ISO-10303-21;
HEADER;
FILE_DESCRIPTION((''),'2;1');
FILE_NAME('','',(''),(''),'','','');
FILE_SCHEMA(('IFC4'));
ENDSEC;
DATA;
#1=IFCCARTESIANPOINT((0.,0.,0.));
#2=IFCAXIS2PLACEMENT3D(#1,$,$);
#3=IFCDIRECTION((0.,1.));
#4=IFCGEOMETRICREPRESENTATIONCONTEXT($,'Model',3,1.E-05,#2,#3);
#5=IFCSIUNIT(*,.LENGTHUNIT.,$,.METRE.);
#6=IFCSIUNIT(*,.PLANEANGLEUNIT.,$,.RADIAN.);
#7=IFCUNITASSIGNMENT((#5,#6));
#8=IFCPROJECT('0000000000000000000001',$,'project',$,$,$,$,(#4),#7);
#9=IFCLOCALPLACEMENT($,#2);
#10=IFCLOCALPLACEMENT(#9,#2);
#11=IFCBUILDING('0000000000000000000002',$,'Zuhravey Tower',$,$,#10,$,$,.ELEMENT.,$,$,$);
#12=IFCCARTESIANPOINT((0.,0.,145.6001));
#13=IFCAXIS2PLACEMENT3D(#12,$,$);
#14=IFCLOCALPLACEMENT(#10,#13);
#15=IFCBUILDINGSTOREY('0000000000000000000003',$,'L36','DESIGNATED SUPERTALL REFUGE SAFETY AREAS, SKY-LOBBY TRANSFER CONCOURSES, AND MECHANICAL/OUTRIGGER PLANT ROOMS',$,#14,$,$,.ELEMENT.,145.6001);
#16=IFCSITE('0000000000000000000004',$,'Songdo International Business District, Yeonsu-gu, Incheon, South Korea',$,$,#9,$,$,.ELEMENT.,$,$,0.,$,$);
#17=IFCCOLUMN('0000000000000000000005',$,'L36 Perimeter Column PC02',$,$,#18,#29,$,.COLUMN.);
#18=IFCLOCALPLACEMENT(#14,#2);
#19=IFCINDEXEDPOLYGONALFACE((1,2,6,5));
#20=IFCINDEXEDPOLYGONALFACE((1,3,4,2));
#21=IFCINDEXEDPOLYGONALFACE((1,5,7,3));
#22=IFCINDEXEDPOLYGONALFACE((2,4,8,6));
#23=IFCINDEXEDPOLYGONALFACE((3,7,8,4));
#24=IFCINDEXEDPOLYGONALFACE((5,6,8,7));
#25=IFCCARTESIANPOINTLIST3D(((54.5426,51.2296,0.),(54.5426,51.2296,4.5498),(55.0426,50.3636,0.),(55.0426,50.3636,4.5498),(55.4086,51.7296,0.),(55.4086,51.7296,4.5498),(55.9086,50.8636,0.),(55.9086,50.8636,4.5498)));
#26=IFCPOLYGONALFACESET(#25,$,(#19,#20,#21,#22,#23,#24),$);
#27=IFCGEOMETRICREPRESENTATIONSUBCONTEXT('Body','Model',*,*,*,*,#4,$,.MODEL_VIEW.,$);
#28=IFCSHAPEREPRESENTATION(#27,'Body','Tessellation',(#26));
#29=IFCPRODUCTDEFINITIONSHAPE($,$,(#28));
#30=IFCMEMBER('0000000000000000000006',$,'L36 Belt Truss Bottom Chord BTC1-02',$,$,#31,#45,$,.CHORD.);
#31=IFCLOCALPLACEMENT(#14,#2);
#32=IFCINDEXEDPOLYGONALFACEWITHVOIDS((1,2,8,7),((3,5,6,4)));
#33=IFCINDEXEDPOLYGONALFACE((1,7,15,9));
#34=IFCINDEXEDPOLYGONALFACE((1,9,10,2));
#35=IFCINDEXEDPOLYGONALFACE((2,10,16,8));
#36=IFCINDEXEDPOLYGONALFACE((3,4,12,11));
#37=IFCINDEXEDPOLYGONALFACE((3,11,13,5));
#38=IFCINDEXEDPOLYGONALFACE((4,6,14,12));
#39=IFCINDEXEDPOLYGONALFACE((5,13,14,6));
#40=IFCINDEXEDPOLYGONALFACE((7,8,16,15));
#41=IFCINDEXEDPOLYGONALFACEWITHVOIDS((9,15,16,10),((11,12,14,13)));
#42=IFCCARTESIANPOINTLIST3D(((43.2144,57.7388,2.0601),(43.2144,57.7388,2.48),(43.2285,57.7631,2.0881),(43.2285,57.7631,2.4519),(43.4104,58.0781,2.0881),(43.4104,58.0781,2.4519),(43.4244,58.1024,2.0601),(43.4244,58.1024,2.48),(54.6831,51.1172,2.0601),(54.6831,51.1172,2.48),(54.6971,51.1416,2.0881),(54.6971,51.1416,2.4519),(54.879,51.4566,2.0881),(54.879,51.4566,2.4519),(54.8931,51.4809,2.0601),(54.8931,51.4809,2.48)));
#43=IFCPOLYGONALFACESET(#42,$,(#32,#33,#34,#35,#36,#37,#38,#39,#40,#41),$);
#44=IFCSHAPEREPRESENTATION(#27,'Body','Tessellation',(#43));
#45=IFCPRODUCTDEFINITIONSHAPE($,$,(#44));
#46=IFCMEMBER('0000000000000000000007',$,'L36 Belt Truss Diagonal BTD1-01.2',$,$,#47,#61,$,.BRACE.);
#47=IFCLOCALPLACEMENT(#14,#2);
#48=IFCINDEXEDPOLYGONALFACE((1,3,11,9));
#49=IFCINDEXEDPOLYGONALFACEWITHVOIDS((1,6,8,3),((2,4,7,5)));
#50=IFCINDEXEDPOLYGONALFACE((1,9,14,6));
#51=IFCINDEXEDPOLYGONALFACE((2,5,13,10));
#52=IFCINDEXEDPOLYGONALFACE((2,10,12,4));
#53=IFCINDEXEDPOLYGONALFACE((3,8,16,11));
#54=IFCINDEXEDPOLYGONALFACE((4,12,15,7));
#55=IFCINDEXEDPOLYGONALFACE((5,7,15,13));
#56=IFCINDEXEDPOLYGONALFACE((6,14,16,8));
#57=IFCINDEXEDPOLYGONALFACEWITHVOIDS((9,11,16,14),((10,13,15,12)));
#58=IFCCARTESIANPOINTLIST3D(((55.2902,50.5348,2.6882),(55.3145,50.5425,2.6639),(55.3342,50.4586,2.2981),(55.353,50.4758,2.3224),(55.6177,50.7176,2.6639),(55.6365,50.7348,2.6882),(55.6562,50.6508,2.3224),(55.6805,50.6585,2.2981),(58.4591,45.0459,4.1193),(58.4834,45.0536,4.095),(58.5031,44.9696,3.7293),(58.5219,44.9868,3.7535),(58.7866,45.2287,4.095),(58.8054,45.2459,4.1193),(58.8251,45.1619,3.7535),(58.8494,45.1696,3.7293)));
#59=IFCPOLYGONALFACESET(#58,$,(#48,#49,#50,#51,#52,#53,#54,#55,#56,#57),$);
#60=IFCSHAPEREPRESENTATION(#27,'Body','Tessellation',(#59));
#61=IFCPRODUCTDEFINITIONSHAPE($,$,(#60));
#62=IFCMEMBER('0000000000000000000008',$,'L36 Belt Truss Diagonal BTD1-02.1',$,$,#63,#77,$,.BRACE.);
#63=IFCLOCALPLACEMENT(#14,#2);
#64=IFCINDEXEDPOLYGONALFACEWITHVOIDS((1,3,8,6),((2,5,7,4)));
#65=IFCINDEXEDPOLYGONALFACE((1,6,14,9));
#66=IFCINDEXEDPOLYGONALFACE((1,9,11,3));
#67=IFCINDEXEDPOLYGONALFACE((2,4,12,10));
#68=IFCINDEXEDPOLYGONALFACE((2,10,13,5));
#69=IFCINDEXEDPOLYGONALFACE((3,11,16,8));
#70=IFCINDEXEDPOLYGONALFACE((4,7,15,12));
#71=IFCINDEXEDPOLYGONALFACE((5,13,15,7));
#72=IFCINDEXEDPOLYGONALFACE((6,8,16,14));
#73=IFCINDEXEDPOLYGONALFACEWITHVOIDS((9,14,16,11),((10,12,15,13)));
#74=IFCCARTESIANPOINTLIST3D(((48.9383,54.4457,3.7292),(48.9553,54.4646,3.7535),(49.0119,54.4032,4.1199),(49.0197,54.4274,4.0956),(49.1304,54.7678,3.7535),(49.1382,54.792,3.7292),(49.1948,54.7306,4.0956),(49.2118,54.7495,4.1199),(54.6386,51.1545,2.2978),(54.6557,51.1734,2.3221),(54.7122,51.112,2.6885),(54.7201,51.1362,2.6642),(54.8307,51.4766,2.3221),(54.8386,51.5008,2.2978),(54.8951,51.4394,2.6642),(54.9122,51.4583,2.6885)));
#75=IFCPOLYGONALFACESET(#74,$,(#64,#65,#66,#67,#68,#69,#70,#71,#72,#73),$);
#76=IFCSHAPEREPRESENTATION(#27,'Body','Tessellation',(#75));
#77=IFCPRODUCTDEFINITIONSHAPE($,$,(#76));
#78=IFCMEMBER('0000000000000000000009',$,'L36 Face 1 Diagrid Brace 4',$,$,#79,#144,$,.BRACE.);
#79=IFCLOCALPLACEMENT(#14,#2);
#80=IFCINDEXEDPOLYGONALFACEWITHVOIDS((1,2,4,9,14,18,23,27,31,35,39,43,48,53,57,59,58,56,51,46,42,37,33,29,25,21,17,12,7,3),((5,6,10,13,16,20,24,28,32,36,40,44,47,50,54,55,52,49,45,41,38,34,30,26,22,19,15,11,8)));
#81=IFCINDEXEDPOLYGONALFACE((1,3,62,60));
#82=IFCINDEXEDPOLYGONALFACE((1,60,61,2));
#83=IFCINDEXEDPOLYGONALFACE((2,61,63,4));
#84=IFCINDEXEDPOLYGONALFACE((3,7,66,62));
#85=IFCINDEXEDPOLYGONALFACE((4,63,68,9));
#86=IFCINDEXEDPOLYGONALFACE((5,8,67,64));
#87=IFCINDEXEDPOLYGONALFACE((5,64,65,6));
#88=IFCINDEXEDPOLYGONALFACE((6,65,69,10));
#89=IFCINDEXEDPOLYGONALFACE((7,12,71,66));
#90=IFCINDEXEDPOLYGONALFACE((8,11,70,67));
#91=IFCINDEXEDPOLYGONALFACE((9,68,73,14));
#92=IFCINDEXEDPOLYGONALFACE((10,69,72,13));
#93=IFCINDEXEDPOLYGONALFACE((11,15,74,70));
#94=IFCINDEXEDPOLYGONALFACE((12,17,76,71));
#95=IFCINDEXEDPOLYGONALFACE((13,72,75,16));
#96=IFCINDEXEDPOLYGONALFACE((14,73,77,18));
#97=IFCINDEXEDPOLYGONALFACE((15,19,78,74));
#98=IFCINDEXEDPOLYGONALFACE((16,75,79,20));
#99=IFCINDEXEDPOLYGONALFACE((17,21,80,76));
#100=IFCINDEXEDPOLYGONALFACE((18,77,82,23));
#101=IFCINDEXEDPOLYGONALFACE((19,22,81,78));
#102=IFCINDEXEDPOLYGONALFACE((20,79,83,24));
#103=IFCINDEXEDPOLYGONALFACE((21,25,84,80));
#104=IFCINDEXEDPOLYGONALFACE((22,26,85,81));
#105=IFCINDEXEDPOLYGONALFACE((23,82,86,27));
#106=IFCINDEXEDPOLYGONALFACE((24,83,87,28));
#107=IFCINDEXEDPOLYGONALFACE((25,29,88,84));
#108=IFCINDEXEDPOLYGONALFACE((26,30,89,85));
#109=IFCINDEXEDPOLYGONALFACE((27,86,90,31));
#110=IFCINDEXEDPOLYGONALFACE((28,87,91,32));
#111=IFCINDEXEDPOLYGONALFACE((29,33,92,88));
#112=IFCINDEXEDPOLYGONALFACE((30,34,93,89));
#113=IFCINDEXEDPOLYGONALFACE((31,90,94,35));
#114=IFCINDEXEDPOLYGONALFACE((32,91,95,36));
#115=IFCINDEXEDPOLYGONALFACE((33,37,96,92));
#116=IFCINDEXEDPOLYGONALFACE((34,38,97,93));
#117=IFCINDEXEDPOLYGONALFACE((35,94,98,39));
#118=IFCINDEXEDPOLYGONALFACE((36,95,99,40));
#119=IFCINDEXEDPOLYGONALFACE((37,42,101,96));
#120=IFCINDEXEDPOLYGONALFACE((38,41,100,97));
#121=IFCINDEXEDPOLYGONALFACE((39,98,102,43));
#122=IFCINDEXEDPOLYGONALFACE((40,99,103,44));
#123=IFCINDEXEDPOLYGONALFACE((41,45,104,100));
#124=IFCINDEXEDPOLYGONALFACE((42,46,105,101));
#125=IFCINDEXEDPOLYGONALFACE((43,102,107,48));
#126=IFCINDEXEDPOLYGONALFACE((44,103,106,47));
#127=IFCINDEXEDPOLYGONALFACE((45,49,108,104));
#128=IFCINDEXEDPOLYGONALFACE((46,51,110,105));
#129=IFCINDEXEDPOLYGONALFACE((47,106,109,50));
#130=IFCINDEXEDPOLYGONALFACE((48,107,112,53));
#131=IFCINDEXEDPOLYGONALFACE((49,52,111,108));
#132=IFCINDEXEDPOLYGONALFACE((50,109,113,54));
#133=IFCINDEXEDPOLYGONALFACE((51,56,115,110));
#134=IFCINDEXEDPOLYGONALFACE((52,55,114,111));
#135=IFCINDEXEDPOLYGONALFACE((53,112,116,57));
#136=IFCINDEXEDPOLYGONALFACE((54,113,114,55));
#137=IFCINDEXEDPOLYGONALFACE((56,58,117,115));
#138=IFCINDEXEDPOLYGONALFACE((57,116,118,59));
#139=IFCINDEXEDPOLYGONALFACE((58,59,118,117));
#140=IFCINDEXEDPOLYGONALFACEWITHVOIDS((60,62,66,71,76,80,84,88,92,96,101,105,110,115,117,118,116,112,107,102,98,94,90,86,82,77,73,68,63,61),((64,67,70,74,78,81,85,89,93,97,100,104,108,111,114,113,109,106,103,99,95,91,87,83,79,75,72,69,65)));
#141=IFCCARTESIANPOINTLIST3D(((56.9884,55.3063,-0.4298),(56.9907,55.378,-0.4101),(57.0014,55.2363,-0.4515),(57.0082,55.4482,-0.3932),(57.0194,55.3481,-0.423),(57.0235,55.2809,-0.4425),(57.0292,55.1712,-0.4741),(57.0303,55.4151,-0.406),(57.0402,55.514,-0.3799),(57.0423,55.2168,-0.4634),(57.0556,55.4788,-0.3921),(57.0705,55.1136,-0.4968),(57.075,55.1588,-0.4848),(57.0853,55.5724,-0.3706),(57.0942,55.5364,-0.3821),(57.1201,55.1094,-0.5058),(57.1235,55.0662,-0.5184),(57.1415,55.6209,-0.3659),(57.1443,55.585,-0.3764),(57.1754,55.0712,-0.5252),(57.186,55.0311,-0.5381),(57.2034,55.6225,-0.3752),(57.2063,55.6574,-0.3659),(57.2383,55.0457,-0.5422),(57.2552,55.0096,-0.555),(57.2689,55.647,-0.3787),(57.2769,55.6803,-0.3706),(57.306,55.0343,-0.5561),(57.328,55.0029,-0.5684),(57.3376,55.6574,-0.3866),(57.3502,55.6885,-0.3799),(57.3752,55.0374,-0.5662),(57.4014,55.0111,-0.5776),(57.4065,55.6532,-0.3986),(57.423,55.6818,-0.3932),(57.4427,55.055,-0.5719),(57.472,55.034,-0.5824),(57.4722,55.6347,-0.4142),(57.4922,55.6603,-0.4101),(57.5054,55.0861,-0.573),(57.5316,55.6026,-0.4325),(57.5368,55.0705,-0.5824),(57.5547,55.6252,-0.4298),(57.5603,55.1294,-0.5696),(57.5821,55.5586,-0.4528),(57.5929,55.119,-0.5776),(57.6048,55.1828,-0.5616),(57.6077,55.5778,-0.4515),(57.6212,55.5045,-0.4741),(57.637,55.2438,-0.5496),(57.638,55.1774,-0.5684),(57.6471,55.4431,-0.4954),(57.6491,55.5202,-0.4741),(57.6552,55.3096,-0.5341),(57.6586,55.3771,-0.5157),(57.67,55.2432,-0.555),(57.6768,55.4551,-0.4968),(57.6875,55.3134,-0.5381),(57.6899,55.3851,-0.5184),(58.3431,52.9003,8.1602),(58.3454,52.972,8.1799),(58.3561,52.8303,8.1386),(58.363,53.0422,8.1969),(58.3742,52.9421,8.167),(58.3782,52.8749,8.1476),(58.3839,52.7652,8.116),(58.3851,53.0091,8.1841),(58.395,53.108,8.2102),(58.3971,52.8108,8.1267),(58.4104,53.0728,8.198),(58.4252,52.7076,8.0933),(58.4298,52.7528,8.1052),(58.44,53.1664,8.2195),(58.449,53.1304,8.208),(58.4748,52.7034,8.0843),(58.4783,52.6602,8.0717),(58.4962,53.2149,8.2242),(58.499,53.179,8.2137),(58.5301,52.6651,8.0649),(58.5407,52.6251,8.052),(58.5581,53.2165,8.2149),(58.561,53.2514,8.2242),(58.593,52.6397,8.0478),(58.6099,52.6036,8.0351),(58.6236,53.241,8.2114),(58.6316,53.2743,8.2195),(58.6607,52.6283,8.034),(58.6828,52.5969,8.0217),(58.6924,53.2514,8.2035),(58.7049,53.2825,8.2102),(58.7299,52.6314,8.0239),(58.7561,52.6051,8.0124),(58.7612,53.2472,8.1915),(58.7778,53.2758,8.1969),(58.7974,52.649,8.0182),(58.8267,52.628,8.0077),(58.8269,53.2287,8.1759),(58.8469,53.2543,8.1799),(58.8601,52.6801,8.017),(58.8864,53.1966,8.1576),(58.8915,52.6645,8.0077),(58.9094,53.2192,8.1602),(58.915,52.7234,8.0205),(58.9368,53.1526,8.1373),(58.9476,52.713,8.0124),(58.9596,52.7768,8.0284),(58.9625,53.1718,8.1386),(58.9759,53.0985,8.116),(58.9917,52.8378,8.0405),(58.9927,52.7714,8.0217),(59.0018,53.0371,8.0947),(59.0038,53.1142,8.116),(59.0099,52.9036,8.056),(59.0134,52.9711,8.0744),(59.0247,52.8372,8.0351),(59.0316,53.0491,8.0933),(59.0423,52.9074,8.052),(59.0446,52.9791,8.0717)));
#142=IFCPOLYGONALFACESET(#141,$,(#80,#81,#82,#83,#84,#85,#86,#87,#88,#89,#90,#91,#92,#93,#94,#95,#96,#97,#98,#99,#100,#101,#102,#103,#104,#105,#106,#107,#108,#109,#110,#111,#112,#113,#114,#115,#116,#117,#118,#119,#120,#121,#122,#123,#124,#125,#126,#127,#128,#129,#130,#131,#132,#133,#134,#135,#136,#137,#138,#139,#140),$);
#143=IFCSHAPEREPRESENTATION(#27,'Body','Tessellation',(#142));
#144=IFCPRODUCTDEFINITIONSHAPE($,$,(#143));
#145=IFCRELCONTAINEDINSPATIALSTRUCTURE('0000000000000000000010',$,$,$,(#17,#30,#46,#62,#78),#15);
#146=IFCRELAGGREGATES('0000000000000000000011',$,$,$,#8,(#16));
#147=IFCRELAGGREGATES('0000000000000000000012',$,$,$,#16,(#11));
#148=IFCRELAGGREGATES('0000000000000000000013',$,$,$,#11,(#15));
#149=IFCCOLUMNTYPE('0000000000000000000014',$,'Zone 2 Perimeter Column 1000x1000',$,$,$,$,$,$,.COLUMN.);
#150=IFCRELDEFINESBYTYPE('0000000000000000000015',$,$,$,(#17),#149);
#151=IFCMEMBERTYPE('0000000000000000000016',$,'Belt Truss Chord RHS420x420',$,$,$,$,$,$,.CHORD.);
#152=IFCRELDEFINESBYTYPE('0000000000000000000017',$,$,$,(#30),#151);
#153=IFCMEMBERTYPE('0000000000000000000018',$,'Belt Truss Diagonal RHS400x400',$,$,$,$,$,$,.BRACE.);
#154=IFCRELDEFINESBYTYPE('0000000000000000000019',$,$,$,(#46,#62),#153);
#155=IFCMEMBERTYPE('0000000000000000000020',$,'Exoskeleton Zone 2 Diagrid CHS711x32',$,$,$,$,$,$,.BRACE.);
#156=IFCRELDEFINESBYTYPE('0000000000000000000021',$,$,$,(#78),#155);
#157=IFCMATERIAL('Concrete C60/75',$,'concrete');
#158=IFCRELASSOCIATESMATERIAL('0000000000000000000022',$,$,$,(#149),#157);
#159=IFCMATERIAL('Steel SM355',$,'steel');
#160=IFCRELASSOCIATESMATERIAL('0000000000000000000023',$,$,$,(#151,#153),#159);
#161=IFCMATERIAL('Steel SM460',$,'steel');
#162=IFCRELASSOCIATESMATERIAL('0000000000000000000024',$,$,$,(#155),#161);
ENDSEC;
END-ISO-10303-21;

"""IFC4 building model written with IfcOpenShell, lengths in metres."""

from ifc_helpers import new_model, si_unit, direction, frame, origin, origin_2d, place, context, subcontext, project, spatial, rectangle, hollow_rectangle, hollow_circle, extrude, material, material_profile, profile_set, type_object, element, save


model = new_model("IFC4")

# Units and contexts
model_context = context("Model", 3, precision=1e-05, world=origin(), true_north=direction((0.0, 1.0)))
body_context = subcontext(model_context, "Body", "Model", "MODEL_VIEW")
ifc_project = project(units=[si_unit("LENGTHUNIT", "METRE"), si_unit("PLANEANGLEUNIT", "RADIAN")], contexts=[model_context])

# Site, building, storey
site_placement = place(None, origin())
site = spatial("IfcSite", under=ifc_project, at=site_placement, Name="Songdo International Business District, Yeonsu-gu, Incheon, South Korea", CompositionType="ELEMENT", RefElevation=0.0)
building_placement = place(site_placement, origin())
building = spatial("IfcBuilding", under=site, at=building_placement, Name="Zuhravey Tower", CompositionType="ELEMENT")
storey_placement = place(building_placement, frame((0.0, 0.0, 145.6001)))
storey = spatial("IfcBuildingStorey", under=building, at=storey_placement, Name="L36", Description="DESIGNATED SUPERTALL REFUGE SAFETY AREAS, SKY-LOBBY TRANSFER CONCOURSES, AND MECHANICAL/OUTRIGGER PLANT ROOMS", CompositionType="ELEMENT", Elevation=145.6001)

# Column
ifc_material_1 = material(Name="Concrete C60/75", Category="concrete")
ifc_material_profile_1 = material_profile(ifc_material_1, rectangle(XDim=1.0, YDim=1.0, at=origin_2d()), Name="RC-1000x1000")
ifc_profile_set_1 = profile_set([ifc_material_profile_1], Name="Concrete C60/75")
column_type = type_object("IfcColumnType", Name="Zone 2 Perimeter Column 1000x1000", PredefinedType="COLUMN", material=ifc_profile_set_1)
column_placement = place(storey_placement, frame((55.2256, 51.0466, 0.0), z_axis=(0.0, 0.0, 1.0), x_axis=(-0.5, 0.866025, 0.0)))
element("IfcColumn", 1, at=column_placement, inside=storey, type_object=column_type, Name="L36 Perimeter Column PC02", PredefinedType="COLUMN", context=body_context, shape_type="SweptSolid", body=[
    extrude(rectangle(XDim=1.0, YDim=1.0, at=origin_2d()), origin(), (0.0, 0.0, 1.0), 4.5498),
])

# Members
ifc_material_2 = material(Name="Steel SM355", Category="steel")
ifc_material_profile_2 = material_profile(ifc_material_2, hollow_rectangle(XDim=0.4199, YDim=0.4199, WallThickness=0.0281, at=origin_2d()), Name="RHS-420x420x28")
ifc_profile_set_2 = profile_set([ifc_material_profile_2], Name="Steel SM355")
member_type_1 = type_object("IfcMemberType", Name="Belt Truss Chord RHS420x420", PredefinedType="CHORD", material=ifc_profile_set_2)
member_1_placement = place(storey_placement, frame((54.7881, 51.2991, 2.27), z_axis=(-0.866022, 0.500005, 0.0), x_axis=(-0.500005, -0.866022, 0.0)))
element("IfcMember", 2, at=member_1_placement, inside=storey, type_object=member_type_1, Name="L36 Belt Truss Bottom Chord BTC1-02", PredefinedType="CHORD", context=body_context, shape_type="SweptSolid", body=[
    extrude(hollow_rectangle(XDim=0.4199, YDim=0.4199, WallThickness=0.0281, at=origin_2d()), origin(), (0.0, 0.0, 1.0), 13.2429),
])
ifc_material_profile_3 = material_profile(ifc_material_2, hollow_rectangle(XDim=0.3999, YDim=0.3999, WallThickness=0.0249, at=origin_2d()), Name="RHS-400x400x25")
ifc_profile_set_3 = profile_set([ifc_material_profile_3], Name="Steel SM355")
member_type_2 = type_object("IfcMemberType", Name="Belt Truss Diagonal RHS400x400", PredefinedType="BRACE", material=ifc_profile_set_3)
member_2_placement = place(storey_placement, frame((55.4854, 50.5967, 2.4932), z_axis=(0.487705, -0.844767, 0.220256), x_axis=(0.866035, 0.499984, 0.0)))
element("IfcMember", 3, at=member_2_placement, inside=storey, type_object=member_type_2, Name="L36 Belt Truss Diagonal BTD1-01.2", PredefinedType="BRACE", context=body_context, shape_type="SweptSolid", body=[
    extrude(hollow_rectangle(XDim=0.3999, YDim=0.3999, WallThickness=0.0249, at=origin_2d()), origin(), (0.0, 0.0, 1.0), 6.4976),
])
member_3_placement = place(storey_placement, frame((54.7754, 51.3064, 2.4932), z_axis=(-0.846241, 0.488593, 0.212493), x_axis=(-0.500012, -0.866018, 0.0)))
element("IfcMember", 4, at=member_3_placement, inside=storey, type_object=member_type_2, Name="L36 Belt Truss Diagonal BTD1-02.1", PredefinedType="BRACE", context=body_context, shape_type="SweptSolid", body=[
    extrude(hollow_rectangle(XDim=0.3999, YDim=0.3999, WallThickness=0.0249, at=origin_2d()), origin(), (0.0, 0.0, 1.0), 6.7361),
])
ifc_material_3 = material(Name="Steel SM460", Category="steel")
ifc_material_profile_4 = material_profile(ifc_material_3, hollow_circle(Radius=0.3557, WallThickness=0.032, at=origin_2d()), Name="CHS-711.2x32")
ifc_profile_set_4 = profile_set([ifc_material_profile_4], Name="Steel SM460")
member_type_3 = type_object("IfcMemberType", Name="Exoskeleton Zone 2 Diagrid CHS711x32", PredefinedType="BRACE", material=ifc_profile_set_4)
member_4_placement = place(storey_placement, frame((57.3391, 55.3457, -0.4741), z_axis=(0.150143, -0.266654, 0.952026), x_axis=(0.871365, 0.490635, 0.0)))
element("IfcMember", 5, at=member_4_placement, inside=storey, type_object=member_type_3, Name="L36 Face 1 Diagrid Brace 4", PredefinedType="BRACE", context=body_context, shape_type="SweptSolid", body=[
    extrude(hollow_circle(Radius=0.3557, WallThickness=0.032, at=origin_2d()), origin(), (0.0, 0.0, 1.0), 9.0229),
])

save(model, "model.ifc")
